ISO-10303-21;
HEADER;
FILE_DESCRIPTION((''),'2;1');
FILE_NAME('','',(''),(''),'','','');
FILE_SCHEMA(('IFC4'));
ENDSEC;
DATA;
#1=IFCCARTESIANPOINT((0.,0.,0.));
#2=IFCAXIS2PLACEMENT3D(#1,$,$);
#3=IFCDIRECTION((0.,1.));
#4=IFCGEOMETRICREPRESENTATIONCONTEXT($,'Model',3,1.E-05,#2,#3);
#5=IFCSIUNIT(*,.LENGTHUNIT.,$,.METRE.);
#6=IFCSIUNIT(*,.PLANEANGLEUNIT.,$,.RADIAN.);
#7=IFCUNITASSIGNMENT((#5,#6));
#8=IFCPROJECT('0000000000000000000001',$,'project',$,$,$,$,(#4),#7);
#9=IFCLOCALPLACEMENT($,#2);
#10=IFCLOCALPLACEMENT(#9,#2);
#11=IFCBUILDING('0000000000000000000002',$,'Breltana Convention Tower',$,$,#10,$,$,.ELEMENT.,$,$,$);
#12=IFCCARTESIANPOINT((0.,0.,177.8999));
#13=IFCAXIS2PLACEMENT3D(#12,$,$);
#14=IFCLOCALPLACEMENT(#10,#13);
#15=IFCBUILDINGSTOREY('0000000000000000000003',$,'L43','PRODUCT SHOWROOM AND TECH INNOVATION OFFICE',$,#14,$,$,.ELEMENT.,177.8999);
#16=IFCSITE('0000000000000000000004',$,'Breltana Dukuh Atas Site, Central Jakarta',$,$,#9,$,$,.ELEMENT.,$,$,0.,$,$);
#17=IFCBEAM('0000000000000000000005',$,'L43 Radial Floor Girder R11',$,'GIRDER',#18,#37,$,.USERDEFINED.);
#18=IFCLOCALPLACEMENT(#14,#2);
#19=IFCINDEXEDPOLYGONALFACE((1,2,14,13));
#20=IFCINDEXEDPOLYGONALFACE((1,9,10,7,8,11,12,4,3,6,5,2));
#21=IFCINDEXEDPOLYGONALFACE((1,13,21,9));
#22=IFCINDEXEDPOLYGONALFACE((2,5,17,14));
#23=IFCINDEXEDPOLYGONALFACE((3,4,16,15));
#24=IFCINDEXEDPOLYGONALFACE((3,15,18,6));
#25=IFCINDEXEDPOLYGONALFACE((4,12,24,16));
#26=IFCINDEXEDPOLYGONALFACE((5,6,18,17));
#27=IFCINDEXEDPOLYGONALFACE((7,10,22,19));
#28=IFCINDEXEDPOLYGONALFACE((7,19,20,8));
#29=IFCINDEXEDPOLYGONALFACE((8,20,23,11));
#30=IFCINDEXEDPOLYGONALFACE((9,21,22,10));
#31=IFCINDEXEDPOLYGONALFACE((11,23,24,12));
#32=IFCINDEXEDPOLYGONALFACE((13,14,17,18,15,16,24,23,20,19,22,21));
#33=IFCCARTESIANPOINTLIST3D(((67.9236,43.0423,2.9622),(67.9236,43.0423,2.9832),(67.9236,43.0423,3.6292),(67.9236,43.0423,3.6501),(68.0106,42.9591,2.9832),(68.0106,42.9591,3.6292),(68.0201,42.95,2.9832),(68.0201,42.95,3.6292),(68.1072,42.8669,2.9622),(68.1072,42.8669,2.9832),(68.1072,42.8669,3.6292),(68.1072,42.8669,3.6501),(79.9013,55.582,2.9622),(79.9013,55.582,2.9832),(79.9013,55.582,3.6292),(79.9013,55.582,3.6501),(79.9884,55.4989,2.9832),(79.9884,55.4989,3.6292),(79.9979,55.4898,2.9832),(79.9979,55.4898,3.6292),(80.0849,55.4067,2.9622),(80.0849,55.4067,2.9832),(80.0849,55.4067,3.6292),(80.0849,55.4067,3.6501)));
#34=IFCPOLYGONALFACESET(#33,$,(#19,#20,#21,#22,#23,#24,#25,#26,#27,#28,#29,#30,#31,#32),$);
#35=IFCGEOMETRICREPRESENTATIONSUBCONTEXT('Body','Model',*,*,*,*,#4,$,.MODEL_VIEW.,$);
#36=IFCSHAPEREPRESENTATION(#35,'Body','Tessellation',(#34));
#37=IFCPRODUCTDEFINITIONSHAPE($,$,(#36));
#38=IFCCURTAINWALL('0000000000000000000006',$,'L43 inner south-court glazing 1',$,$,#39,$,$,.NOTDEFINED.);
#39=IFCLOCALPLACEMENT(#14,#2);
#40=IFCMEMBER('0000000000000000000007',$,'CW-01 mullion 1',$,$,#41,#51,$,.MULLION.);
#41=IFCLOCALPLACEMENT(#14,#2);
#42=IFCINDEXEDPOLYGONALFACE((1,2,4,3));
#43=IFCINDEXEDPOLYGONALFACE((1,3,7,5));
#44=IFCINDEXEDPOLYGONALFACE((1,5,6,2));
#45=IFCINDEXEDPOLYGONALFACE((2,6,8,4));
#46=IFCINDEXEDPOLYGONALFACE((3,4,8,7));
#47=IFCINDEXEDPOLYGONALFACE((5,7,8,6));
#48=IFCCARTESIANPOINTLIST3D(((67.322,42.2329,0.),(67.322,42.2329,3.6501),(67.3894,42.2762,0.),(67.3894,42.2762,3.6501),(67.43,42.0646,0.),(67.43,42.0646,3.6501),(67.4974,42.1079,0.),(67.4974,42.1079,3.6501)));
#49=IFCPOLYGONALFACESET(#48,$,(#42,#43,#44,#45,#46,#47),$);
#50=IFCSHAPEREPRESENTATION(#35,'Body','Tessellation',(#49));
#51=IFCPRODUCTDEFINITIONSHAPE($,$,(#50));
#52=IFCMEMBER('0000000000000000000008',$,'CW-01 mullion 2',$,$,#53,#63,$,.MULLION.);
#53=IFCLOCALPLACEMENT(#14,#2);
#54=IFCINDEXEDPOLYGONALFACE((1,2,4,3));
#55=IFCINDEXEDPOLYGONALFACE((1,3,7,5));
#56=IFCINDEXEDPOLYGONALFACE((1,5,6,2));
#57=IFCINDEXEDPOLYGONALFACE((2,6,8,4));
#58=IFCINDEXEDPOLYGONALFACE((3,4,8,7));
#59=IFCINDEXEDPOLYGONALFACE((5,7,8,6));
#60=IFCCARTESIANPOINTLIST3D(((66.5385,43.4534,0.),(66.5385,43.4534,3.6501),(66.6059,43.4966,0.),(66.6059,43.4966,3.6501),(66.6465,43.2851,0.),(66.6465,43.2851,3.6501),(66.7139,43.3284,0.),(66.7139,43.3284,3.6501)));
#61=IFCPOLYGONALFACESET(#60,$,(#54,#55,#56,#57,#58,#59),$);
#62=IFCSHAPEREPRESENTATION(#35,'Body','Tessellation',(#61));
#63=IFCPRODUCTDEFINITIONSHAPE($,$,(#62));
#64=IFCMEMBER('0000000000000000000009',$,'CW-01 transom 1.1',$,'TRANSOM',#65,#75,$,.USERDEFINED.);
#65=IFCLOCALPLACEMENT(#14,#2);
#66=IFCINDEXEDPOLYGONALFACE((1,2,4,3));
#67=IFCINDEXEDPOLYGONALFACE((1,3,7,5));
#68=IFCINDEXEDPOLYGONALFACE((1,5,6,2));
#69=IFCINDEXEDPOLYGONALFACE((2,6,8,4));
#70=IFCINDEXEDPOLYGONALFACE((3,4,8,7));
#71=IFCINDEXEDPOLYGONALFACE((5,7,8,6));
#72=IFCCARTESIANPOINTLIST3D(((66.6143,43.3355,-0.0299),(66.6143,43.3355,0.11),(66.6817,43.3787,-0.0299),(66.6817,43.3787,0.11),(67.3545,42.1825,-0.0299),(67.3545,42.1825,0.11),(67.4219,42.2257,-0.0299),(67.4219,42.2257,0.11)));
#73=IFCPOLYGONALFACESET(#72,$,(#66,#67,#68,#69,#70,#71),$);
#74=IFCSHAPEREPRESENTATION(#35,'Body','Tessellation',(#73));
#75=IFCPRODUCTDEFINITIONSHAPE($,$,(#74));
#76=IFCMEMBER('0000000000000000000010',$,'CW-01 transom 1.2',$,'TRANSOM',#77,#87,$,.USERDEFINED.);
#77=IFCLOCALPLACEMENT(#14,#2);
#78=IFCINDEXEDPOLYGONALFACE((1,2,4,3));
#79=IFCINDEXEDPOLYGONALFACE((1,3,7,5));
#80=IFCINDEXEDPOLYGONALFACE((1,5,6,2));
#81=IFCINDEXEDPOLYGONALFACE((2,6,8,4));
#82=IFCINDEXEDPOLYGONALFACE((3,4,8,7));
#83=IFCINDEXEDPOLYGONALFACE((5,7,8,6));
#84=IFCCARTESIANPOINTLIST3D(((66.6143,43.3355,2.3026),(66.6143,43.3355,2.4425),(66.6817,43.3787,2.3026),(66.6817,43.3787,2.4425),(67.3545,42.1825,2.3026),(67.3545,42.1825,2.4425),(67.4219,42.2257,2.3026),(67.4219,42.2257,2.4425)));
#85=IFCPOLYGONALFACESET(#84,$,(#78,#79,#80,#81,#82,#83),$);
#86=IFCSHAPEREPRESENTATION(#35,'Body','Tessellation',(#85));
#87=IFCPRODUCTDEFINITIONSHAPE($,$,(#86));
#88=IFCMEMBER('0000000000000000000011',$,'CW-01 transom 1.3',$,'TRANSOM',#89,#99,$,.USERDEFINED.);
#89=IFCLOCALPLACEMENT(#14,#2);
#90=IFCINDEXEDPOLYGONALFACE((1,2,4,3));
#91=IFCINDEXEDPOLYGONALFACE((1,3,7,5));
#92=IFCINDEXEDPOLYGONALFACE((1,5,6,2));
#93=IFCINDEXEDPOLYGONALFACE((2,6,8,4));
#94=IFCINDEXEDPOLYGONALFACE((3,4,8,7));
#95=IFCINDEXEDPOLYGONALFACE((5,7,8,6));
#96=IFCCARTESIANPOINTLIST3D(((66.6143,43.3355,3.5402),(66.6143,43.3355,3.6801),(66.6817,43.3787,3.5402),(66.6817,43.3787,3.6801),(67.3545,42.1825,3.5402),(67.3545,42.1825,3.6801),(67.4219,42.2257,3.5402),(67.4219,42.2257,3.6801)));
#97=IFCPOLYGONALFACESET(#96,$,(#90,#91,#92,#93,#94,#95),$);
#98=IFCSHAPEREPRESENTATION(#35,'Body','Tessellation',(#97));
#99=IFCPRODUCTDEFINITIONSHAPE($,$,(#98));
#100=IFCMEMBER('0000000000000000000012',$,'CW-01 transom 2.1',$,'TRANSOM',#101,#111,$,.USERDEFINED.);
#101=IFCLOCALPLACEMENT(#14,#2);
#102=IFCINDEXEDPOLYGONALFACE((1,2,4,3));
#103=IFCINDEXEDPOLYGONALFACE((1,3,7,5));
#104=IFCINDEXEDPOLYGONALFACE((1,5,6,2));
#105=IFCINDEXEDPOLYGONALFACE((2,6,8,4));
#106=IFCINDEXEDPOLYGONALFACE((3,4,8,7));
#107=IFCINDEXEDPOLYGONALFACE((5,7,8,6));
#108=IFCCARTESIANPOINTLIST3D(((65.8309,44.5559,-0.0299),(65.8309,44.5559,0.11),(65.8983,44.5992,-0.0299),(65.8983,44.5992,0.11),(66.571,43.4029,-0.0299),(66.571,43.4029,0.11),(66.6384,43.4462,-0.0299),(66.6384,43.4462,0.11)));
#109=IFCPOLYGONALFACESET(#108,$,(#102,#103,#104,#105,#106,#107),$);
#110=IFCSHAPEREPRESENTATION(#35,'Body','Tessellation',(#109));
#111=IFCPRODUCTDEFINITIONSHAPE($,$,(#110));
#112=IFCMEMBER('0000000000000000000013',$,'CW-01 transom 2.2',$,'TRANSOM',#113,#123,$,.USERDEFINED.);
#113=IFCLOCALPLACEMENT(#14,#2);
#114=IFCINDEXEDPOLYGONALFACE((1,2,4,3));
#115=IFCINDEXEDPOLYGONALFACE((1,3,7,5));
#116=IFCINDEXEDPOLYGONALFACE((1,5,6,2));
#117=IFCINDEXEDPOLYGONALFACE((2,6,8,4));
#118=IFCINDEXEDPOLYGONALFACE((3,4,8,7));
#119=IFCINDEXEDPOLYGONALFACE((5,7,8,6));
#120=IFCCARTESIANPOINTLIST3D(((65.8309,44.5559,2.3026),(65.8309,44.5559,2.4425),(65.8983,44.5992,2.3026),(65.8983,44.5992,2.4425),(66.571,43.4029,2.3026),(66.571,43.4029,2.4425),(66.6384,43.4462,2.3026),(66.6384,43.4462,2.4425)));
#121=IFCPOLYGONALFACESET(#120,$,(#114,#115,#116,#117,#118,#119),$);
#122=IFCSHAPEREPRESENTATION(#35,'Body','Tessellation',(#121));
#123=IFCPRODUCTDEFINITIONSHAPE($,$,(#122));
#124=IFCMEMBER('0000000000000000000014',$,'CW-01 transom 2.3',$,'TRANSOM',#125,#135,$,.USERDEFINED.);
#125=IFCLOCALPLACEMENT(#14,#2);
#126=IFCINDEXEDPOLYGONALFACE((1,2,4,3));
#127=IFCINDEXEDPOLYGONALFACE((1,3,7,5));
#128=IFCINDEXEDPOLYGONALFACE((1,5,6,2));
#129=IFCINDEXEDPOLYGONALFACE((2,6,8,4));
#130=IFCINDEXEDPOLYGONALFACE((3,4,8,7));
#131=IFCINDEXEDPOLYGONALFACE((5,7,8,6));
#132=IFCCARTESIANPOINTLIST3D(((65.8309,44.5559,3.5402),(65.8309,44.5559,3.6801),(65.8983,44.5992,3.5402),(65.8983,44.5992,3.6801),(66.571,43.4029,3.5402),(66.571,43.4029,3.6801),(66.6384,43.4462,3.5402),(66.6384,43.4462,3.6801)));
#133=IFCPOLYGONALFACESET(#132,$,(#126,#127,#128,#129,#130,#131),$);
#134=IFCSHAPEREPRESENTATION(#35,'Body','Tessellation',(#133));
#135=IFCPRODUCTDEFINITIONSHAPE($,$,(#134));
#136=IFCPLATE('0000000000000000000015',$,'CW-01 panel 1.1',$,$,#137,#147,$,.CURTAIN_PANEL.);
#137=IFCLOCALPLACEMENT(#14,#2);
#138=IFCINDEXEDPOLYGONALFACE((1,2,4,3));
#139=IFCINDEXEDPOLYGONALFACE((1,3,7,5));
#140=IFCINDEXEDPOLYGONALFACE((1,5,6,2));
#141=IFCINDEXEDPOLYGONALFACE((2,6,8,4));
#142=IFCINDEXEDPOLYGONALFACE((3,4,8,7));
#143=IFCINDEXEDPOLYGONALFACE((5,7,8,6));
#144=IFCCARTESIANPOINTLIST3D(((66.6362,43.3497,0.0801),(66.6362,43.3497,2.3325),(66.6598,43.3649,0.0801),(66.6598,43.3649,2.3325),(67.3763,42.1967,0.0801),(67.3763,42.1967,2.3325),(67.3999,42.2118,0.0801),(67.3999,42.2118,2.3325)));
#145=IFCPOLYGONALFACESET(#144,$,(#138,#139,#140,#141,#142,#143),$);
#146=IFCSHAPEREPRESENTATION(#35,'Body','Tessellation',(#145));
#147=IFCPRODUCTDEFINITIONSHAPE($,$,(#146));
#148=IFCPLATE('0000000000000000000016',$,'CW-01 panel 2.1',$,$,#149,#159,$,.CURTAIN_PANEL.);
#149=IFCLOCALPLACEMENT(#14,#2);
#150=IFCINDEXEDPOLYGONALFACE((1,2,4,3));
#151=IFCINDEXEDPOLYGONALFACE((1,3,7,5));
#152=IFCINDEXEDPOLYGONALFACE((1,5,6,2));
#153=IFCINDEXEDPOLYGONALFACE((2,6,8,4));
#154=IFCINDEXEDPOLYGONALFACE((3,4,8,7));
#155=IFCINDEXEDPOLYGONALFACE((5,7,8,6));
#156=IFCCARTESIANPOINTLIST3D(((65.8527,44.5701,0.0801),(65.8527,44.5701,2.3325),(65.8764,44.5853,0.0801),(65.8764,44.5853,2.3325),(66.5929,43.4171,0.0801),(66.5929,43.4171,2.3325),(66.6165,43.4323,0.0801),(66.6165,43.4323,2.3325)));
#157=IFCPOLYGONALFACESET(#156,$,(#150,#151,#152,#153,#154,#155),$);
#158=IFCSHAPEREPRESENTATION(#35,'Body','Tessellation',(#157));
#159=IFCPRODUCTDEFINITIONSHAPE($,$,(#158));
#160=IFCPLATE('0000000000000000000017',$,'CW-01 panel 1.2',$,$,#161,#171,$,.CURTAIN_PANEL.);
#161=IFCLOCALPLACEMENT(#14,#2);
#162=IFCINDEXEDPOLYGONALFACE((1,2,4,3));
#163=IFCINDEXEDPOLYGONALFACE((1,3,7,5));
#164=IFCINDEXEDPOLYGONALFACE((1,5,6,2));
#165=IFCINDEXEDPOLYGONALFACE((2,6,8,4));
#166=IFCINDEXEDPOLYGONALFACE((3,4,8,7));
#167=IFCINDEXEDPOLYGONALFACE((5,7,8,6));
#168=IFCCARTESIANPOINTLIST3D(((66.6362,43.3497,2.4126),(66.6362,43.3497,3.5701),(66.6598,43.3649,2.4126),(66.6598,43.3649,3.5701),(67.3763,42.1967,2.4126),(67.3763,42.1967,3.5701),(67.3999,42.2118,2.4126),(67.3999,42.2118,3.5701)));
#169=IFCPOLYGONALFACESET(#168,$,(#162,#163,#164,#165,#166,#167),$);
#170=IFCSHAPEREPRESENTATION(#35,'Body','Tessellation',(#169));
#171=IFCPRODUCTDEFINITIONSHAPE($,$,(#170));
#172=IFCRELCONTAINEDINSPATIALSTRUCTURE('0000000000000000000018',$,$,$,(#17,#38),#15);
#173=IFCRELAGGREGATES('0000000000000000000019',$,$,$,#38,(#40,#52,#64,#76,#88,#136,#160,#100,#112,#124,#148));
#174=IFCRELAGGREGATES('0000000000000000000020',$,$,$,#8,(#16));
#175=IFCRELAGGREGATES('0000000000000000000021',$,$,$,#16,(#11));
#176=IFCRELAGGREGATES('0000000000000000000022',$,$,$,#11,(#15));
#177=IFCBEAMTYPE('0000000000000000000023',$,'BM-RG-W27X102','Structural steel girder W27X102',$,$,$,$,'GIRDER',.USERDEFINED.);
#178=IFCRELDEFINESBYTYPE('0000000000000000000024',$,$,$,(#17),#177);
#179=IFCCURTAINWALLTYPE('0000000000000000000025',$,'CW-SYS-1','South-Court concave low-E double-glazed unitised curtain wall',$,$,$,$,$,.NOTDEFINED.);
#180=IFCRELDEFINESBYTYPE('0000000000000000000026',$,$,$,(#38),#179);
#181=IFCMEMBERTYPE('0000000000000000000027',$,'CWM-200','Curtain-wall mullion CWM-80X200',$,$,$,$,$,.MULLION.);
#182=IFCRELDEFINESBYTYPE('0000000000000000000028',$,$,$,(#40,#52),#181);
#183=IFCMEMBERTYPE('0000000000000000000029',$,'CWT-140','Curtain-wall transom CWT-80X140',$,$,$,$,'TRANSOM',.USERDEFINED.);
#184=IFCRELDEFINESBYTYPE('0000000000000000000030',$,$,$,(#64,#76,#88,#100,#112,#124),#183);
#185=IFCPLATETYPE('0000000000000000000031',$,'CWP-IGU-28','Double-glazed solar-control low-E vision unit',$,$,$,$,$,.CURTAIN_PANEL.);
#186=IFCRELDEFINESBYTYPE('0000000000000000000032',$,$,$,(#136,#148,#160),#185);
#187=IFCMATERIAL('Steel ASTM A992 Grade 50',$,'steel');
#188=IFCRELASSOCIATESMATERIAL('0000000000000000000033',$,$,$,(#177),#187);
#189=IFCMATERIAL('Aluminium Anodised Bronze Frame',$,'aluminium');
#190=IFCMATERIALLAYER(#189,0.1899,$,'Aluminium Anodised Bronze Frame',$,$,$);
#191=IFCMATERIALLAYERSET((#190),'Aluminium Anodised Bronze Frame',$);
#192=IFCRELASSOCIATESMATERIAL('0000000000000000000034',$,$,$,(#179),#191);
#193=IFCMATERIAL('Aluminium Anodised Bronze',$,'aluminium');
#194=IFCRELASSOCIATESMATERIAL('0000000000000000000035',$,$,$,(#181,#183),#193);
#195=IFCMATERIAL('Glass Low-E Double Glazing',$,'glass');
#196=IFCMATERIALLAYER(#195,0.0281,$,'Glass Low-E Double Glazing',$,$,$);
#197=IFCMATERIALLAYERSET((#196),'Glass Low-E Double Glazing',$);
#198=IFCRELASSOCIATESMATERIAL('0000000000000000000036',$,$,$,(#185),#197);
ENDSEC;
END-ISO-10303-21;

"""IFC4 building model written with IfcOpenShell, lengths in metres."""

from ifc_helpers import new_model, si_unit, direction, frame, origin, origin_2d, place, context, subcontext, project, spatial, rectangle, i_section, extrude, source, transform, mapped, material, layer, layer_set, material_profile, profile_set, type_object, type_shapes, element, aggregate, save


model = new_model("IFC4")

# Units and contexts
model_context = context("Model", 3, precision=1e-05, world=origin(), true_north=direction((0.0, 1.0)))
body_context = subcontext(model_context, "Body", "Model", "MODEL_VIEW")
ifc_project = project(units=[si_unit("LENGTHUNIT", "METRE"), si_unit("PLANEANGLEUNIT", "RADIAN")], contexts=[model_context])

# Site, building, storey
site_placement = place(None, origin())
site = spatial("IfcSite", under=ifc_project, at=site_placement, Name="Breltana Dukuh Atas Site, Central Jakarta", CompositionType="ELEMENT", RefElevation=0.0)
building_placement = place(site_placement, origin())
building = spatial("IfcBuilding", under=site, at=building_placement, Name="Breltana Convention Tower", CompositionType="ELEMENT")
storey_placement = place(building_placement, frame((0.0, 0.0, 177.8999)))
storey = spatial("IfcBuildingStorey", under=building, at=storey_placement, Name="L43", Description="PRODUCT SHOWROOM AND TECH INNOVATION OFFICE", CompositionType="ELEMENT", Elevation=177.8999)

# Beam
ifc_material_1 = material(Name="Steel ASTM A992 Grade 50", Category="steel")
ifc_material_profile_1 = material_profile(ifc_material_1, i_section(OverallWidth=0.2539, OverallDepth=0.688, WebThickness=0.0132, FlangeThickness=0.021, at=origin_2d()), Name="W27X102")
ifc_profile_set_1 = profile_set([ifc_material_profile_1], Name="Steel ASTM A992 Grade 50")
beam_type = type_object("IfcBeamType", Name="BM-RG-W27X102", Description="Structural steel girder W27X102", ElementType="GIRDER", PredefinedType="USERDEFINED", material=ifc_profile_set_1)
shared_shape_1 = source(origin(), body_context, "Body", "SweptSolid", [
    extrude(i_section(OverallWidth=0.2539, OverallDepth=0.688, WebThickness=0.0132, FlangeThickness=0.021, at=origin_2d()), origin(), (0.0, 0.0, 1.0), 17.3411),
])
type_shapes(beam_type, [shared_shape_1])
beam_placement = place(storey_placement, frame((68.0154, 42.9546, 3.3062), z_axis=(0.690716, 0.723126, 0.0), x_axis=(-0.723126, 0.690716, 0.0)))
element("IfcBeam", 1, at=beam_placement, inside=storey, type_object=beam_type, Name="L43 Radial Floor Girder R11", ObjectType="GIRDER", PredefinedType="USERDEFINED", context=body_context, shape_type="MappedRepresentation", body=[
    mapped(shared_shape_1, transform((0.0, 0.0, 0.0), scale=1.0)),
])

# Curtain wall, members, plates
ifc_material_2 = material(Name="Aluminium Anodised Bronze Frame", Category="aluminium")
ifc_layer_1 = layer(ifc_material_2, 0.1899, Name="Aluminium Anodised Bronze Frame")
ifc_layer_set_1 = layer_set([ifc_layer_1], Name="Aluminium Anodised Bronze Frame")
curtain_wall_type = type_object("IfcCurtainWallType", Name="CW-SYS-1", Description="South-Court concave low-E double-glazed unitised curtain wall", PredefinedType="NOTDEFINED", material=ifc_layer_set_1)
curtain_wall_placement = place(storey_placement, origin())
curtain_wall = element("IfcCurtainWall", 2, at=curtain_wall_placement, inside=storey, type_object=curtain_wall_type, Name="L43 inner south-court glazing 1", PredefinedType="NOTDEFINED")
ifc_material_3 = material(Name="Aluminium Anodised Bronze", Category="aluminium")
ifc_material_profile_2 = material_profile(ifc_material_3, rectangle(XDim=0.0801, YDim=0.2, at=origin_2d()), Name="CWM-80X200")
ifc_profile_set_2 = profile_set([ifc_material_profile_2], Name="Aluminium Anodised Bronze")
member_type_1 = type_object("IfcMemberType", Name="CWM-200", Description="Curtain-wall mullion CWM-80X200", PredefinedType="MULLION", material=ifc_profile_set_2)
shared_shape_2 = source(origin(), body_context, "Body", "SweptSolid", [
    extrude(rectangle(XDim=0.0801, YDim=0.2, at=origin_2d()), origin(), (0.0, 0.0, 1.0), 3.6501),
])
member_1_placement = place(storey_placement, frame((67.4097, 42.1704, 0.0), z_axis=(0.0, 0.0, 1.0), x_axis=(-0.841547, -0.540184, 0.0)))
member_1 = element("IfcMember", 3, at=member_1_placement, type_object=member_type_1, Name="CW-01 mullion 1", PredefinedType="MULLION", context=body_context, shape_type="MappedRepresentation", body=[
    mapped(shared_shape_2, transform((0.0, 0.0, 0.0), scale=1.0)),
])
member_2_placement = place(storey_placement, frame((66.6262, 43.3909, 0.0), z_axis=(0.0, 0.0, 1.0), x_axis=(-0.841547, -0.540184, 0.0)))
member_2 = element("IfcMember", 4, at=member_2_placement, type_object=member_type_1, Name="CW-01 mullion 2", PredefinedType="MULLION", context=body_context, shape_type="MappedRepresentation", body=[
    mapped(shared_shape_2, transform((0.0, 0.0, 0.0), scale=1.0)),
])
ifc_material_profile_3 = material_profile(ifc_material_3, rectangle(XDim=0.0801, YDim=0.1399, at=origin_2d()), Name="CWT-80X140")
ifc_profile_set_3 = profile_set([ifc_material_profile_3], Name="Aluminium Anodised Bronze")
member_type_2 = type_object("IfcMemberType", Name="CWT-140", Description="Curtain-wall transom CWT-80X140", ElementType="TRANSOM", PredefinedType="USERDEFINED", material=ifc_profile_set_3)
shared_shape_3 = source(origin(), body_context, "Body", "SweptSolid", [
    extrude(rectangle(XDim=0.0801, YDim=0.1399, at=origin_2d()), origin(), (0.0, 0.0, 1.0), 1.3701),
])
member_3_placement = place(storey_placement, frame((67.3882, 42.2041, 0.04), z_axis=(-0.540226, 0.84152, 0.0), x_axis=(-0.84152, -0.540226, 0.0)))
member_3 = element("IfcMember", 5, at=member_3_placement, type_object=member_type_2, Name="CW-01 transom 1.1", ObjectType="TRANSOM", PredefinedType="USERDEFINED", context=body_context, shape_type="MappedRepresentation", body=[
    mapped(shared_shape_3, transform((0.0, 0.0, 0.0), scale=1.0)),
])
member_4_placement = place(storey_placement, frame((67.3882, 42.2041, 2.3726), z_axis=(-0.540226, 0.84152, 0.0), x_axis=(-0.84152, -0.540226, 0.0)))
member_4 = element("IfcMember", 6, at=member_4_placement, type_object=member_type_2, Name="CW-01 transom 1.2", ObjectType="TRANSOM", PredefinedType="USERDEFINED", context=body_context, shape_type="MappedRepresentation", body=[
    mapped(shared_shape_3, transform((0.0, 0.0, 0.0), scale=1.0)),
])
member_5_placement = place(storey_placement, frame((67.3882, 42.2041, 3.6101), z_axis=(-0.540226, 0.84152, 0.0), x_axis=(-0.84152, -0.540226, 0.0)))
member_5 = element("IfcMember", 7, at=member_5_placement, type_object=member_type_2, Name="CW-01 transom 1.3", ObjectType="TRANSOM", PredefinedType="USERDEFINED", context=body_context, shape_type="MappedRepresentation", body=[
    mapped(shared_shape_3, transform((0.0, 0.0, 0.0), scale=1.0)),
])
member_6_placement = place(storey_placement, frame((66.6047, 43.4246, 0.04), z_axis=(-0.540226, 0.84152, 0.0), x_axis=(-0.84152, -0.540226, 0.0)))
member_6 = element("IfcMember", 8, at=member_6_placement, type_object=member_type_2, Name="CW-01 transom 2.1", ObjectType="TRANSOM", PredefinedType="USERDEFINED", context=body_context, shape_type="MappedRepresentation", body=[
    mapped(shared_shape_3, transform((0.0, 0.0, 0.0), scale=1.0)),
])
member_7_placement = place(storey_placement, frame((66.6047, 43.4246, 2.3726), z_axis=(-0.540226, 0.84152, 0.0), x_axis=(-0.84152, -0.540226, 0.0)))
member_7 = element("IfcMember", 9, at=member_7_placement, type_object=member_type_2, Name="CW-01 transom 2.2", ObjectType="TRANSOM", PredefinedType="USERDEFINED", context=body_context, shape_type="MappedRepresentation", body=[
    mapped(shared_shape_3, transform((0.0, 0.0, 0.0), scale=1.0)),
])
member_8_placement = place(storey_placement, frame((66.6047, 43.4246, 3.6101), z_axis=(-0.540226, 0.84152, 0.0), x_axis=(-0.84152, -0.540226, 0.0)))
member_8 = element("IfcMember", 10, at=member_8_placement, type_object=member_type_2, Name="CW-01 transom 2.3", ObjectType="TRANSOM", PredefinedType="USERDEFINED", context=body_context, shape_type="MappedRepresentation", body=[
    mapped(shared_shape_3, transform((0.0, 0.0, 0.0), scale=1.0)),
])
ifc_material_4 = material(Name="Glass Low-E Double Glazing", Category="glass")
ifc_layer_2 = layer(ifc_material_4, 0.0281, Name="Glass Low-E Double Glazing")
ifc_layer_set_2 = layer_set([ifc_layer_2], Name="Glass Low-E Double Glazing")
plate_type = type_object("IfcPlateType", Name="CWP-IGU-28", Description="Double-glazed solar-control low-E vision unit", PredefinedType="CURTAIN_PANEL", material=ifc_layer_set_2)
shared_shape_4 = source(origin(), body_context, "Body", "SweptSolid", [
    extrude(rectangle(XDim=1.3701, YDim=0.0281, at=origin_2d()), origin(), (0.0, 0.0, 1.0), 2.2524),
])
plate_1_placement = place(storey_placement, frame((67.0181, 42.7808, 0.0801), z_axis=(0.0, 0.0, 1.0), x_axis=(-0.540184, 0.841547, 0.0)))
plate_1 = element("IfcPlate", 11, at=plate_1_placement, type_object=plate_type, Name="CW-01 panel 1.1", PredefinedType="CURTAIN_PANEL", context=body_context, shape_type="MappedRepresentation", body=[
    mapped(shared_shape_4, transform((0.0, 0.0, 0.0), scale=1.0)),
])
plate_2_placement = place(storey_placement, frame((66.2346, 44.0012, 0.0801), z_axis=(0.0, 0.0, 1.0), x_axis=(-0.540184, 0.841547, 0.0)))
plate_2 = element("IfcPlate", 12, at=plate_2_placement, type_object=plate_type, Name="CW-01 panel 2.1", PredefinedType="CURTAIN_PANEL", context=body_context, shape_type="MappedRepresentation", body=[
    mapped(shared_shape_4, transform((0.0, 0.0, 0.0), scale=1.0)),
])
shared_shape_5 = source(origin(), body_context, "Body", "SweptSolid", [
    extrude(rectangle(XDim=1.3701, YDim=0.0281, at=origin_2d()), origin(), (0.0, 0.0, 1.0), 1.1575),
])
plate_3_placement = place(storey_placement, frame((67.0181, 42.7808, 2.4126), z_axis=(0.0, 0.0, 1.0), x_axis=(-0.540184, 0.841547, 0.0)))
plate_3 = element("IfcPlate", 13, at=plate_3_placement, type_object=plate_type, Name="CW-01 panel 1.2", PredefinedType="CURTAIN_PANEL", context=body_context, shape_type="MappedRepresentation", body=[
    mapped(shared_shape_5, transform((0.0, 0.0, 0.0), scale=1.0)),
])
aggregate(curtain_wall, [member_1, member_2, member_3, member_4, member_5, plate_1, plate_3, member_6, member_7, member_8, plate_2])

save(model, "model.ifc")
